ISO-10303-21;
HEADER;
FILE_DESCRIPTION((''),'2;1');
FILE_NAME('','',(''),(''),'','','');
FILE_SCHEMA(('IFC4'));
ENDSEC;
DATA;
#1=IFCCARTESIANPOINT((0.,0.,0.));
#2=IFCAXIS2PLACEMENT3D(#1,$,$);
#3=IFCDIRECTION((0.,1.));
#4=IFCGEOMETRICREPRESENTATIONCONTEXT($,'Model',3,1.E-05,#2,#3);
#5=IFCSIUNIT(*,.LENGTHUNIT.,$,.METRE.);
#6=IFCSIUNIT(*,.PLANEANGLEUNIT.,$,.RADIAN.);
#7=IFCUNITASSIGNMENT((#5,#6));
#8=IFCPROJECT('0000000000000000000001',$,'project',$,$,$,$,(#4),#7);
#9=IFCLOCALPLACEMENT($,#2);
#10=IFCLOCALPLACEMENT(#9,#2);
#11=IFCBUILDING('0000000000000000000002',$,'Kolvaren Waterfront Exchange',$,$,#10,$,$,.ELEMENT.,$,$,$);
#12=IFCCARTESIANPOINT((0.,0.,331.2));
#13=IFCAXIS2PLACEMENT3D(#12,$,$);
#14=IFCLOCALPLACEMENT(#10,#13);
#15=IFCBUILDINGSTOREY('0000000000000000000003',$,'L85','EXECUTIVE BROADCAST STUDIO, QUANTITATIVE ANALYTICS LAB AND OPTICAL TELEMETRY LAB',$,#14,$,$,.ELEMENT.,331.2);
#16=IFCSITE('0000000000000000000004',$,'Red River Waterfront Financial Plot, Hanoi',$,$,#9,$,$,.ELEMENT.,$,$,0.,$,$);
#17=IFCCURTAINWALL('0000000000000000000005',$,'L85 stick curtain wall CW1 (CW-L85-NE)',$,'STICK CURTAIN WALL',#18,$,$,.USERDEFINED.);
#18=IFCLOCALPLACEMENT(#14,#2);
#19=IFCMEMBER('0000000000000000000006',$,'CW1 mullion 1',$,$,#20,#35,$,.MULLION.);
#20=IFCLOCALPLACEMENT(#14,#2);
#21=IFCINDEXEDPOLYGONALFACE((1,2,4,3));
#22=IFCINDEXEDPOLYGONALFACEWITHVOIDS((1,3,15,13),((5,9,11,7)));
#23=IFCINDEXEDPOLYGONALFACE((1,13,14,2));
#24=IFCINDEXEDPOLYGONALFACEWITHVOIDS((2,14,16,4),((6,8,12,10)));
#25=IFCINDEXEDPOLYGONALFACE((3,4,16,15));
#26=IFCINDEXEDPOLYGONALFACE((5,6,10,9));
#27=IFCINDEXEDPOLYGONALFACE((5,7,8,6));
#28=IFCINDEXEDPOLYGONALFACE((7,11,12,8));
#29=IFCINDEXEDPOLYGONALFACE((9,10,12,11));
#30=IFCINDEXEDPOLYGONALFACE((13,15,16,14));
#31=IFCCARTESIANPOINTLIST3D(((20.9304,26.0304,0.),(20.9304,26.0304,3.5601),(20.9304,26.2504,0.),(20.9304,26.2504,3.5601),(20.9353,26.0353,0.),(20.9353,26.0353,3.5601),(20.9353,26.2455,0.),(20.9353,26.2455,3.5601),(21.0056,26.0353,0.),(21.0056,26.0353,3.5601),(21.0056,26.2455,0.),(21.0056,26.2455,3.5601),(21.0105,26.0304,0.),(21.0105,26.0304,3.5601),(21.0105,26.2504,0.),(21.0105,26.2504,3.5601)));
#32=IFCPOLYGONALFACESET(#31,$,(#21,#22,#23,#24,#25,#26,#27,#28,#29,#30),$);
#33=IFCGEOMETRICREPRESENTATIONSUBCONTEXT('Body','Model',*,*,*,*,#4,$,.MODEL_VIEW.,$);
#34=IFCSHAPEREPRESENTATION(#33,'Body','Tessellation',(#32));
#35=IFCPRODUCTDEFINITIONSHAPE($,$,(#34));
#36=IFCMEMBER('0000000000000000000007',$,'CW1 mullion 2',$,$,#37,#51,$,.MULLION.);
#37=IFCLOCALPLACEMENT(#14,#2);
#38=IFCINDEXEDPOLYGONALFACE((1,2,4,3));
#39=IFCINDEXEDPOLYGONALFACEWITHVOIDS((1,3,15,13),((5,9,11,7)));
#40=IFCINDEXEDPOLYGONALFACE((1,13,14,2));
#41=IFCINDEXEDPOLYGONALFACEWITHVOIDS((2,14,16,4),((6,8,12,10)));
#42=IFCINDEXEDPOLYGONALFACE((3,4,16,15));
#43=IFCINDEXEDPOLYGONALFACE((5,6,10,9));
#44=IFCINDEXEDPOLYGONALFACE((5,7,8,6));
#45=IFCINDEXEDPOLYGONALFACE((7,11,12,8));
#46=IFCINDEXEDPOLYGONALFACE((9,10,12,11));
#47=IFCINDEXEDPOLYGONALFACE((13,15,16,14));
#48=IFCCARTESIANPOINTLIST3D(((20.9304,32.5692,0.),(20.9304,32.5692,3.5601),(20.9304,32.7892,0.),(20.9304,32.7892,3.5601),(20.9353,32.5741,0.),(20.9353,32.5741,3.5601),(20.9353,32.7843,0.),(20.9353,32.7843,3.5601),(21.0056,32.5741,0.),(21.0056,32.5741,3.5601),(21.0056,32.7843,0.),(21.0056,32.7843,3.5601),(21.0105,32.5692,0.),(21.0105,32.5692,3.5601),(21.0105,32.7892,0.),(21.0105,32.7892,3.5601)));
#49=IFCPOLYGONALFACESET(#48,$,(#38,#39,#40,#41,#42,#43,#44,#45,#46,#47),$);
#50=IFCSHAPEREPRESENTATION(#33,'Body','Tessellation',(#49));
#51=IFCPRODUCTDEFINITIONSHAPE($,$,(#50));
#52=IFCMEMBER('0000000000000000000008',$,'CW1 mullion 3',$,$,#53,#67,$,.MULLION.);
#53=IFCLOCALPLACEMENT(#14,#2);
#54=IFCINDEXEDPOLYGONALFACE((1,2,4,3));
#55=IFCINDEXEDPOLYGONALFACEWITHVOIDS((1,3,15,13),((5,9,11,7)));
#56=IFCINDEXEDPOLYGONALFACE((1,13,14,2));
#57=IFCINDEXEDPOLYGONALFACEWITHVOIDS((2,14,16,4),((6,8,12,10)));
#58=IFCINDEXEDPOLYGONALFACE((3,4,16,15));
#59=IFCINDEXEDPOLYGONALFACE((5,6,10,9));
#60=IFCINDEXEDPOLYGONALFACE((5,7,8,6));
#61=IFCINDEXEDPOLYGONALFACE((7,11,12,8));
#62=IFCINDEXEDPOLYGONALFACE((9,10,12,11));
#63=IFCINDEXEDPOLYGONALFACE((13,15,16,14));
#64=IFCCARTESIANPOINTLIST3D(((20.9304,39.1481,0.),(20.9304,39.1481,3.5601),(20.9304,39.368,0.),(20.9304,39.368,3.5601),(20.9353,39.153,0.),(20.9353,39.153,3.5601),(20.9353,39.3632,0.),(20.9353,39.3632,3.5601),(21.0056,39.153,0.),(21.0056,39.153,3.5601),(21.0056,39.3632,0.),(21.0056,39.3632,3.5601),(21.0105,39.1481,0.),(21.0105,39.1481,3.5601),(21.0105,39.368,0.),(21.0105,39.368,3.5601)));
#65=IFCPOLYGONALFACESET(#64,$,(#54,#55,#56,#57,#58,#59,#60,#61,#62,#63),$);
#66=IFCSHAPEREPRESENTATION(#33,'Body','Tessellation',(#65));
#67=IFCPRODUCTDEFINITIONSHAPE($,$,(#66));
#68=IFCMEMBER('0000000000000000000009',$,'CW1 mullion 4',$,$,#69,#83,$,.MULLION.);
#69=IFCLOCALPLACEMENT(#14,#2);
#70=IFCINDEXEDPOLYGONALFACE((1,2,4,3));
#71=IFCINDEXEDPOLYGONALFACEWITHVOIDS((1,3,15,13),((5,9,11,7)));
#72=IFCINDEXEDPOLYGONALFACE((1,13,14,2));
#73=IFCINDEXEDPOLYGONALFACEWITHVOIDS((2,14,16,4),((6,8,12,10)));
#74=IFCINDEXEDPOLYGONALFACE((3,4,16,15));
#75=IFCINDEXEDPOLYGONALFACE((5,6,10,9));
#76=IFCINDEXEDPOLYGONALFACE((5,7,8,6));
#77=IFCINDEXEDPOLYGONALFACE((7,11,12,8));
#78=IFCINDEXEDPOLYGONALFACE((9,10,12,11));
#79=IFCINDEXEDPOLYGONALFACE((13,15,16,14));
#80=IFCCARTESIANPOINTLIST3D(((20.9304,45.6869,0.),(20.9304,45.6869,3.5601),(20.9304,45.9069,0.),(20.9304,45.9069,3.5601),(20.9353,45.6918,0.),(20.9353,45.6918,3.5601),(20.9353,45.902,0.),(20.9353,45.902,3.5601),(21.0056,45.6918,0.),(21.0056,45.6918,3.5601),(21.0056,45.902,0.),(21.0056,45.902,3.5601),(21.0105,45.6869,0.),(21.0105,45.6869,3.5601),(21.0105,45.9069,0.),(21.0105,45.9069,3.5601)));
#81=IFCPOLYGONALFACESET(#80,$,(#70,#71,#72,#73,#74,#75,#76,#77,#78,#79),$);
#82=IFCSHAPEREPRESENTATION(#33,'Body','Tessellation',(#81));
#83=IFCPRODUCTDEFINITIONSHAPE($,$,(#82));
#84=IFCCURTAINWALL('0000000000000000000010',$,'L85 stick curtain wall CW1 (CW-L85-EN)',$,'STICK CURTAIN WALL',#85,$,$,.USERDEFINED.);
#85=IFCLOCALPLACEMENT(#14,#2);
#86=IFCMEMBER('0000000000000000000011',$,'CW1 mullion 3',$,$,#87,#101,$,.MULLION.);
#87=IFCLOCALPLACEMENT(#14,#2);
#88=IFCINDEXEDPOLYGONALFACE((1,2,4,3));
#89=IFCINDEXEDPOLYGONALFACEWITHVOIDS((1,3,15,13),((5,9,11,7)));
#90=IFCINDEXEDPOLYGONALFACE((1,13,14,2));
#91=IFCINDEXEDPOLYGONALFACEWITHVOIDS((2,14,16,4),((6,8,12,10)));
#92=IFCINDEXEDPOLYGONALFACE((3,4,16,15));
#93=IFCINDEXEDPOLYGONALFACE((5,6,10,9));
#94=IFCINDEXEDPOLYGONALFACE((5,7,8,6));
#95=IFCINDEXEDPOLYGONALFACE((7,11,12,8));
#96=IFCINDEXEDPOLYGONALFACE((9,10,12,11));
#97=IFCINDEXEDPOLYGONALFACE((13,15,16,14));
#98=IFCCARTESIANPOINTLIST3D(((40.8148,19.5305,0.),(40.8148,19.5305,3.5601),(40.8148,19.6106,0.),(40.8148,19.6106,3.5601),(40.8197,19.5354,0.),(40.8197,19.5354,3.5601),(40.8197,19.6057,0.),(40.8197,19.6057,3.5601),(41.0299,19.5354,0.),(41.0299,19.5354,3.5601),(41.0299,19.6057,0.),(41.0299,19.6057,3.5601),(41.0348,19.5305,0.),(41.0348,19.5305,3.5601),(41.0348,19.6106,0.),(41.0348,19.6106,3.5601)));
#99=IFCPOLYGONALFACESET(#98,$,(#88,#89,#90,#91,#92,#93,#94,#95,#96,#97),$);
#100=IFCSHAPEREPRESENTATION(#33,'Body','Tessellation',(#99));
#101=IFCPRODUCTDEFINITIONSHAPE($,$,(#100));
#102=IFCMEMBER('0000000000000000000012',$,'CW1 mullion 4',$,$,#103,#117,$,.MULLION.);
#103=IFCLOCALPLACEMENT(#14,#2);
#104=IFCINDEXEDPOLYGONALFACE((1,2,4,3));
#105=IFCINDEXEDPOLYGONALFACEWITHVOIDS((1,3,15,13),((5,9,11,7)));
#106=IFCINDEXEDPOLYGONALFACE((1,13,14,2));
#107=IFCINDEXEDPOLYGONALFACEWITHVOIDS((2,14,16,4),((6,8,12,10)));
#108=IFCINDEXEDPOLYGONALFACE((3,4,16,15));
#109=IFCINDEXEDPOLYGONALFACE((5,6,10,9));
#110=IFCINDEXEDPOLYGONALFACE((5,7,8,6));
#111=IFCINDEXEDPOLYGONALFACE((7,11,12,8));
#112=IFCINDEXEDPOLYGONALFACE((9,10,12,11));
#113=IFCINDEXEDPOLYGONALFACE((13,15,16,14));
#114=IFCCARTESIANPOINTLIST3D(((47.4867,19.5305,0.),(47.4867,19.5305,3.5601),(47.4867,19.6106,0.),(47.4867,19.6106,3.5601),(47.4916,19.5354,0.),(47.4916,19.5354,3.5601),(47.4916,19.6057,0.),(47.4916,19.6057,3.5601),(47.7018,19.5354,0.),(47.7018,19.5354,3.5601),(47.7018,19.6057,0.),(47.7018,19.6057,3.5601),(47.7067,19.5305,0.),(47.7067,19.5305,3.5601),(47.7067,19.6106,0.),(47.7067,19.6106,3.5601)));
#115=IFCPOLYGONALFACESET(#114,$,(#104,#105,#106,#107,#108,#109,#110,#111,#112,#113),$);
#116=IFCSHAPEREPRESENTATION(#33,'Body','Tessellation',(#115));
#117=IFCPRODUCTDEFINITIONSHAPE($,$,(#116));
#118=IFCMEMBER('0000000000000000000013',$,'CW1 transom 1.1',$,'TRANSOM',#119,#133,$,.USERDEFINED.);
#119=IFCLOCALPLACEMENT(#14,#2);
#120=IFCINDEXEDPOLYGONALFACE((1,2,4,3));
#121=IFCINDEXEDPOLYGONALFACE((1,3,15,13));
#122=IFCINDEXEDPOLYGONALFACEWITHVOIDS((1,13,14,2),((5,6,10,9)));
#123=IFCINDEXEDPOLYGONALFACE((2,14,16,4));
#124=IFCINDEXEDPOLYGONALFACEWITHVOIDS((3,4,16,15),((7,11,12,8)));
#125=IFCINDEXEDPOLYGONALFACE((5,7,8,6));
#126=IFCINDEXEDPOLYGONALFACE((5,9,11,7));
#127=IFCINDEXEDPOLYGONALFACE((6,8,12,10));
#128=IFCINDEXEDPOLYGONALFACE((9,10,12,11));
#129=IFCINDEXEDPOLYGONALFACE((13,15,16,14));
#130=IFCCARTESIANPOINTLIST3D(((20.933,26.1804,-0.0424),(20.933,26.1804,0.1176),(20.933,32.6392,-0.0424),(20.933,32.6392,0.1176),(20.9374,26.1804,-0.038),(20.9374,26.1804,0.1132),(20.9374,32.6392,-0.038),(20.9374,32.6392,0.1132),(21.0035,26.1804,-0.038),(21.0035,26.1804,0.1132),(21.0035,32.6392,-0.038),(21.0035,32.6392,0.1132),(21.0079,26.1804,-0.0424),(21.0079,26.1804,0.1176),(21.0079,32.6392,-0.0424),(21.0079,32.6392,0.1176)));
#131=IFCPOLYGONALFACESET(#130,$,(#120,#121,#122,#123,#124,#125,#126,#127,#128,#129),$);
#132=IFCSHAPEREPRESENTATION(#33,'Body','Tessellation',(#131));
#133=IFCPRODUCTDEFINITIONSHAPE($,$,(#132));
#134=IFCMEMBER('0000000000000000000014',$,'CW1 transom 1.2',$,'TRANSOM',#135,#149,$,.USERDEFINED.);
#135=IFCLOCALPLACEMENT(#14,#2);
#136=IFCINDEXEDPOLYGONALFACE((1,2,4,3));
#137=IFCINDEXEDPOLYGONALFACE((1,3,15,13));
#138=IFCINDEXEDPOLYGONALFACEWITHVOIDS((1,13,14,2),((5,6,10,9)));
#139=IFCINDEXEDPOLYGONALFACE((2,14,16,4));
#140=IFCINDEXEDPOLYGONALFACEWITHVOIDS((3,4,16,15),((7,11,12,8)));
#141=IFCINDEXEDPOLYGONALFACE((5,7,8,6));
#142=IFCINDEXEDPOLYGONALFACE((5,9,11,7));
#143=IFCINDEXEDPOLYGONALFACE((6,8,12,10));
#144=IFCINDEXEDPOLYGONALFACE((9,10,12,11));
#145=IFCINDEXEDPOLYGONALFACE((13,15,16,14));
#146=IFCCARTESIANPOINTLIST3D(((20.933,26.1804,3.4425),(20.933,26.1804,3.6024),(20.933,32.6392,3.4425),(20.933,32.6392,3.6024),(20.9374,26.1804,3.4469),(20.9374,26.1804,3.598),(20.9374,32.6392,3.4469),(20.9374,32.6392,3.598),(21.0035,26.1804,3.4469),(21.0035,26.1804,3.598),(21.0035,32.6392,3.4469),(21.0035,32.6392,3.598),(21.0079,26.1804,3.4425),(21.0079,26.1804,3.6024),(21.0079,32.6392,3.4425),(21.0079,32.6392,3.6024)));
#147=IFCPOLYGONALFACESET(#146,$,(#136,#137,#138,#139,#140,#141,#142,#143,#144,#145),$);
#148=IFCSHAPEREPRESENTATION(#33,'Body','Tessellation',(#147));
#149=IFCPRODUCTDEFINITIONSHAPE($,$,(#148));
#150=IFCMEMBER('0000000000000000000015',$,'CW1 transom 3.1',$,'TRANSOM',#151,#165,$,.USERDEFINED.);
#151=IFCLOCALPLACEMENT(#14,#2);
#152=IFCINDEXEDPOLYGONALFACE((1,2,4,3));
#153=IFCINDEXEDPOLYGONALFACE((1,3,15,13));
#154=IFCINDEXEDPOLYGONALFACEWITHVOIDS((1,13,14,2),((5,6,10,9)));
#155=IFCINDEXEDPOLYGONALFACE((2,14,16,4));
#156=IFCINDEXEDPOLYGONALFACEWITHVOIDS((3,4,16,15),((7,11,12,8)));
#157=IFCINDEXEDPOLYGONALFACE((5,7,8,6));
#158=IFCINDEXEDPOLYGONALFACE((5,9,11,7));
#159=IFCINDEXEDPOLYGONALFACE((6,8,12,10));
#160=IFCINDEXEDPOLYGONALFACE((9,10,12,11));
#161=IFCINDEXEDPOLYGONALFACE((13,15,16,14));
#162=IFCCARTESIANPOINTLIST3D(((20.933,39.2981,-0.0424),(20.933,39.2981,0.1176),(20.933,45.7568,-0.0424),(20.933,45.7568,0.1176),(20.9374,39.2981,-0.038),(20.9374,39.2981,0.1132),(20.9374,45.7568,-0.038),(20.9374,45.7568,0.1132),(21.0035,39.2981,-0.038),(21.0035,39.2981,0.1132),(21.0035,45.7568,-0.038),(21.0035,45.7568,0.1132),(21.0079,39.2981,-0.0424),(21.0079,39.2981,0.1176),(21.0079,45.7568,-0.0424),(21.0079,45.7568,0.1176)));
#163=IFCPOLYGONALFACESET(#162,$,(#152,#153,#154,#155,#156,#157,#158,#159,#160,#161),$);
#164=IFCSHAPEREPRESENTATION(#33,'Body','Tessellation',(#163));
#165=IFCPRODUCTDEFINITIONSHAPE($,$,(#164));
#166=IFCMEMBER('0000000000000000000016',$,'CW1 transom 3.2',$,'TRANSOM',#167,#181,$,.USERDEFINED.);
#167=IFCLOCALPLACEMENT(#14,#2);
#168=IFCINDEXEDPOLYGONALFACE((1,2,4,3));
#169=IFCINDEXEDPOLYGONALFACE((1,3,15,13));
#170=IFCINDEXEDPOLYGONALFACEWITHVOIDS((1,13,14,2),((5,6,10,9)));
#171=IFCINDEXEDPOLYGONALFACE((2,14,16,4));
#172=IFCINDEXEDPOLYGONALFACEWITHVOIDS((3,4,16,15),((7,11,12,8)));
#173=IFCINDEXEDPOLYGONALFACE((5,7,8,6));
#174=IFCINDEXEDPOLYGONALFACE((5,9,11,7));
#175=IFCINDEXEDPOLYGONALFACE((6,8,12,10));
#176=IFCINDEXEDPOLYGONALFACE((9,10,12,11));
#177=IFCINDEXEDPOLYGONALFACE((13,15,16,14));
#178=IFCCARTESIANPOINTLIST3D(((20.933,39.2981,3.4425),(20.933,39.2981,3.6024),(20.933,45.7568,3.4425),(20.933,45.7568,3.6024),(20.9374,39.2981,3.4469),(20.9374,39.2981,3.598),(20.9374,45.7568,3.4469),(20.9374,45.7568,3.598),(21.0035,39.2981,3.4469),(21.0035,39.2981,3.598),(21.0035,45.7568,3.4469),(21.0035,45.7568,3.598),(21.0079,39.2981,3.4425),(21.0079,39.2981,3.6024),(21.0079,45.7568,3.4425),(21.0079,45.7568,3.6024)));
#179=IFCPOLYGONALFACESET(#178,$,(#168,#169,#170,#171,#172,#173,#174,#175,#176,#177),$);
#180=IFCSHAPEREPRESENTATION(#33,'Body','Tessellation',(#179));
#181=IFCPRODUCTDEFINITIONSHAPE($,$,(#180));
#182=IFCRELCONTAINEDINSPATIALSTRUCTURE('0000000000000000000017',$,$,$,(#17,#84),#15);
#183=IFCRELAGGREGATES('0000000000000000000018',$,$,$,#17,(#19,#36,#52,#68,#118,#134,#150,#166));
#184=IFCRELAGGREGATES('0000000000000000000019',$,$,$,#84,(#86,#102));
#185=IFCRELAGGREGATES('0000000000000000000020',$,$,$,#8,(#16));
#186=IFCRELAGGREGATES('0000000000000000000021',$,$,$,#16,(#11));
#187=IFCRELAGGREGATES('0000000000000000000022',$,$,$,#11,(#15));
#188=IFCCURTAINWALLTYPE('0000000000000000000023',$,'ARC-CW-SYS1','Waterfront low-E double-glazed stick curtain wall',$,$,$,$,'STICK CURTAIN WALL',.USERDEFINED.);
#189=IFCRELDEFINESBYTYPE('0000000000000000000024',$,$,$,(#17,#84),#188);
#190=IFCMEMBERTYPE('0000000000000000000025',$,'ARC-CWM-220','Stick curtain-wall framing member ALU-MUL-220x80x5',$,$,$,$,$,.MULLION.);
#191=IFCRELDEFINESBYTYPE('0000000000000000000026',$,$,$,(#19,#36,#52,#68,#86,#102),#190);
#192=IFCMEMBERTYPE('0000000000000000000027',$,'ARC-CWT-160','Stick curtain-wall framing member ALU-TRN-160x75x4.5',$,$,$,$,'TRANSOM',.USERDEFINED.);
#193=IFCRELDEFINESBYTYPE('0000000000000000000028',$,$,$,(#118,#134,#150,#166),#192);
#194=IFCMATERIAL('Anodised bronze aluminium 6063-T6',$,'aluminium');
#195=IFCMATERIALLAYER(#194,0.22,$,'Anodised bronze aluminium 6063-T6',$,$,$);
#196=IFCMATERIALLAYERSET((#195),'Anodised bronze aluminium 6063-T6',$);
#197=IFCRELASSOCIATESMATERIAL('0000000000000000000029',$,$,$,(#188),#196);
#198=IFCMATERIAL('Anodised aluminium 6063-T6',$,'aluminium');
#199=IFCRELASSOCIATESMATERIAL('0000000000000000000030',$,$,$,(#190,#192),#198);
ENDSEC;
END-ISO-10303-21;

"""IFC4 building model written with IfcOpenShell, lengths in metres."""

from ifc_helpers import new_model, si_unit, direction, frame, origin, origin_with_axes, origin_2d, place, context, subcontext, project, spatial, hollow_rectangle, extrude, source, transform, mapped, material, layer, layer_set, material_profile, profile_set, type_object, element, aggregate, save


model = new_model("IFC4")

# Units and contexts
model_context = context("Model", 3, precision=1e-05, world=origin(), true_north=direction((0.0, 1.0)))
body_context = subcontext(model_context, "Body", "Model", "MODEL_VIEW")
ifc_project = project(units=[si_unit("LENGTHUNIT", "METRE"), si_unit("PLANEANGLEUNIT", "RADIAN")], contexts=[model_context])

# Site, building, storey
site_placement = place(None, origin())
site = spatial("IfcSite", under=ifc_project, at=site_placement, Name="Red River Waterfront Financial Plot, Hanoi", CompositionType="ELEMENT", RefElevation=0.0)
building_placement = place(site_placement, origin())
building = spatial("IfcBuilding", under=site, at=building_placement, Name="Kolvaren Waterfront Exchange", CompositionType="ELEMENT")
storey_placement = place(building_placement, frame((0.0, 0.0, 331.2)))
storey = spatial("IfcBuildingStorey", under=building, at=storey_placement, Name="L85", Description="EXECUTIVE BROADCAST STUDIO, QUANTITATIVE ANALYTICS LAB AND OPTICAL TELEMETRY LAB", CompositionType="ELEMENT", Elevation=331.2)

# Curtain walls, members
ifc_material_1 = material(Name="Anodised bronze aluminium 6063-T6", Category="aluminium")
ifc_layer_1 = layer(ifc_material_1, 0.22, Name="Anodised bronze aluminium 6063-T6")
ifc_layer_set_1 = layer_set([ifc_layer_1], Name="Anodised bronze aluminium 6063-T6")
curtain_wall_type = type_object("IfcCurtainWallType", Name="ARC-CW-SYS1", Description="Waterfront low-E double-glazed stick curtain wall", ElementType="STICK CURTAIN WALL", PredefinedType="USERDEFINED", material=ifc_layer_set_1)
curtain_wall_1_placement = place(storey_placement, origin())
curtain_wall_1 = element("IfcCurtainWall", 1, at=curtain_wall_1_placement, inside=storey, type_object=curtain_wall_type, Name="L85 stick curtain wall CW1 (CW-L85-NE)", ObjectType="STICK CURTAIN WALL", PredefinedType="USERDEFINED")
ifc_material_2 = material(Name="Anodised aluminium 6063-T6", Category="aluminium")
ifc_material_profile_1 = material_profile(ifc_material_2, hollow_rectangle(XDim=0.0801, YDim=0.22, WallThickness=0.0049, at=origin_2d()), Name="ALU-MUL-220x80x5")
ifc_profile_set_1 = profile_set([ifc_material_profile_1], Name="Anodised aluminium 6063-T6")
member_type_1 = type_object("IfcMemberType", Name="ARC-CWM-220", Description="Stick curtain-wall framing member ALU-MUL-220x80x5", PredefinedType="MULLION", material=ifc_profile_set_1)
shared_shape_1 = source(origin_with_axes(), body_context, "Body", "SweptSolid", [
    extrude(hollow_rectangle(XDim=0.0801, YDim=0.22, WallThickness=0.0049, at=origin_2d()), origin(), (0.0, 0.0, 1.0), 3.5601),
])
member_1_placement = place(storey_placement, frame((20.9705, 26.1404, 0.0), z_axis=(0.0, 0.0, 1.0), x_axis=(-1.0, 0.0, 0.0)))
member_1 = element("IfcMember", 2, at=member_1_placement, type_object=member_type_1, Name="CW1 mullion 1", PredefinedType="MULLION", context=body_context, shape_type="MappedRepresentation", body=[
    mapped(shared_shape_1, transform((0.0, 0.0, 0.0), x_axis=(1.0, 0.0, 0.0), y_axis=(0.0, 1.0, 0.0), z_axis=(0.0, 0.0, 1.0), scale=1.0)),
])
member_2_placement = place(storey_placement, frame((20.9705, 32.6792, 0.0), z_axis=(0.0, 0.0, 1.0), x_axis=(-1.0, 0.0, 0.0)))
member_2 = element("IfcMember", 3, at=member_2_placement, type_object=member_type_1, Name="CW1 mullion 2", PredefinedType="MULLION", context=body_context, shape_type="MappedRepresentation", body=[
    mapped(shared_shape_1, transform((0.0, 0.0, 0.0), x_axis=(1.0, 0.0, 0.0), y_axis=(0.0, 1.0, 0.0), z_axis=(0.0, 0.0, 1.0), scale=1.0)),
])
member_3_placement = place(storey_placement, frame((20.9705, 39.2581, 0.0), z_axis=(0.0, 0.0, 1.0), x_axis=(-1.0, 0.0, 0.0)))
member_3 = element("IfcMember", 4, at=member_3_placement, type_object=member_type_1, Name="CW1 mullion 3", PredefinedType="MULLION", context=body_context, shape_type="MappedRepresentation", body=[
    mapped(shared_shape_1, transform((0.0, 0.0, 0.0), x_axis=(1.0, 0.0, 0.0), y_axis=(0.0, 1.0, 0.0), z_axis=(0.0, 0.0, 1.0), scale=1.0)),
])
member_4_placement = place(storey_placement, frame((20.9705, 45.7969, 0.0), z_axis=(0.0, 0.0, 1.0), x_axis=(-1.0, 0.0, 0.0)))
member_4 = element("IfcMember", 5, at=member_4_placement, type_object=member_type_1, Name="CW1 mullion 4", PredefinedType="MULLION", context=body_context, shape_type="MappedRepresentation", body=[
    mapped(shared_shape_1, transform((0.0, 0.0, 0.0), x_axis=(1.0, 0.0, 0.0), y_axis=(0.0, 1.0, 0.0), z_axis=(0.0, 0.0, 1.0), scale=1.0)),
])
curtain_wall_2_placement = place(storey_placement, origin())
curtain_wall_2 = element("IfcCurtainWall", 6, at=curtain_wall_2_placement, inside=storey, type_object=curtain_wall_type, Name="L85 stick curtain wall CW1 (CW-L85-EN)", ObjectType="STICK CURTAIN WALL", PredefinedType="USERDEFINED")
member_5_placement = place(storey_placement, frame((40.9248, 19.5706, 0.0), z_axis=(0.0, 0.0, 1.0), x_axis=(0.0, 1.0, 0.0)))
member_5 = element("IfcMember", 7, at=member_5_placement, type_object=member_type_1, Name="CW1 mullion 3", PredefinedType="MULLION", context=body_context, shape_type="MappedRepresentation", body=[
    mapped(shared_shape_1, transform((0.0, 0.0, 0.0), x_axis=(1.0, 0.0, 0.0), y_axis=(0.0, 1.0, 0.0), z_axis=(0.0, 0.0, 1.0), scale=1.0)),
])
member_6_placement = place(storey_placement, frame((47.5967, 19.5706, 0.0), z_axis=(0.0, 0.0, 1.0), x_axis=(0.0, 1.0, 0.0)))
member_6 = element("IfcMember", 8, at=member_6_placement, type_object=member_type_1, Name="CW1 mullion 4", PredefinedType="MULLION", context=body_context, shape_type="MappedRepresentation", body=[
    mapped(shared_shape_1, transform((0.0, 0.0, 0.0), x_axis=(1.0, 0.0, 0.0), y_axis=(0.0, 1.0, 0.0), z_axis=(0.0, 0.0, 1.0), scale=1.0)),
])

# Members
ifc_material_profile_2 = material_profile(ifc_material_2, hollow_rectangle(XDim=0.075, YDim=0.1599, WallThickness=0.0044, at=origin_2d()), Name="ALU-TRN-160x75x4.5")
ifc_profile_set_2 = profile_set([ifc_material_profile_2], Name="Anodised aluminium 6063-T6")
member_type_2 = type_object("IfcMemberType", Name="ARC-CWT-160", Description="Stick curtain-wall framing member ALU-TRN-160x75x4.5", ElementType="TRANSOM", PredefinedType="USERDEFINED", material=ifc_profile_set_2)
shared_shape_2 = source(origin_with_axes(), body_context, "Body", "SweptSolid", [
    extrude(hollow_rectangle(XDim=0.075, YDim=0.1599, WallThickness=0.0044, at=origin_2d()), origin(), (0.0, 0.0, 1.0), 6.4587),
])
member_7_placement = place(storey_placement, frame((20.9705, 26.1804, 0.0376), z_axis=(0.0, 1.0, 0.0), x_axis=(-1.0, 0.0, 0.0)))
member_7 = element("IfcMember", 9, at=member_7_placement, type_object=member_type_2, Name="CW1 transom 1.1", ObjectType="TRANSOM", PredefinedType="USERDEFINED", context=body_context, shape_type="MappedRepresentation", body=[
    mapped(shared_shape_2, transform((0.0, 0.0, 0.0), x_axis=(1.0, 0.0, 0.0), y_axis=(0.0, 1.0, 0.0), z_axis=(0.0, 0.0, 1.0), scale=1.0)),
])
member_8_placement = place(storey_placement, frame((20.9705, 26.1804, 3.5225), z_axis=(0.0, 1.0, 0.0), x_axis=(-1.0, 0.0, 0.0)))
member_8 = element("IfcMember", 10, at=member_8_placement, type_object=member_type_2, Name="CW1 transom 1.2", ObjectType="TRANSOM", PredefinedType="USERDEFINED", context=body_context, shape_type="MappedRepresentation", body=[
    mapped(shared_shape_2, transform((0.0, 0.0, 0.0), x_axis=(1.0, 0.0, 0.0), y_axis=(0.0, 1.0, 0.0), z_axis=(0.0, 0.0, 1.0), scale=1.0)),
])
member_9_placement = place(storey_placement, frame((20.9705, 39.2981, 0.0376), z_axis=(0.0, 1.0, 0.0), x_axis=(-1.0, 0.0, 0.0)))
member_9 = element("IfcMember", 11, at=member_9_placement, type_object=member_type_2, Name="CW1 transom 3.1", ObjectType="TRANSOM", PredefinedType="USERDEFINED", context=body_context, shape_type="MappedRepresentation", body=[
    mapped(shared_shape_2, transform((0.0, 0.0, 0.0), x_axis=(1.0, 0.0, 0.0), y_axis=(0.0, 1.0, 0.0), z_axis=(0.0, 0.0, 1.0), scale=1.0)),
])
member_10_placement = place(storey_placement, frame((20.9705, 39.2981, 3.5225), z_axis=(0.0, 1.0, 0.0), x_axis=(-1.0, 0.0, 0.0)))
member_10 = element("IfcMember", 12, at=member_10_placement, type_object=member_type_2, Name="CW1 transom 3.2", ObjectType="TRANSOM", PredefinedType="USERDEFINED", context=body_context, shape_type="MappedRepresentation", body=[
    mapped(shared_shape_2, transform((0.0, 0.0, 0.0), x_axis=(1.0, 0.0, 0.0), y_axis=(0.0, 1.0, 0.0), z_axis=(0.0, 0.0, 1.0), scale=1.0)),
])

aggregate(curtain_wall_1, [member_1, member_2, member_3, member_4, member_7, member_8, member_9, member_10])
aggregate(curtain_wall_2, [member_5, member_6])

save(model, "model.ifc")
